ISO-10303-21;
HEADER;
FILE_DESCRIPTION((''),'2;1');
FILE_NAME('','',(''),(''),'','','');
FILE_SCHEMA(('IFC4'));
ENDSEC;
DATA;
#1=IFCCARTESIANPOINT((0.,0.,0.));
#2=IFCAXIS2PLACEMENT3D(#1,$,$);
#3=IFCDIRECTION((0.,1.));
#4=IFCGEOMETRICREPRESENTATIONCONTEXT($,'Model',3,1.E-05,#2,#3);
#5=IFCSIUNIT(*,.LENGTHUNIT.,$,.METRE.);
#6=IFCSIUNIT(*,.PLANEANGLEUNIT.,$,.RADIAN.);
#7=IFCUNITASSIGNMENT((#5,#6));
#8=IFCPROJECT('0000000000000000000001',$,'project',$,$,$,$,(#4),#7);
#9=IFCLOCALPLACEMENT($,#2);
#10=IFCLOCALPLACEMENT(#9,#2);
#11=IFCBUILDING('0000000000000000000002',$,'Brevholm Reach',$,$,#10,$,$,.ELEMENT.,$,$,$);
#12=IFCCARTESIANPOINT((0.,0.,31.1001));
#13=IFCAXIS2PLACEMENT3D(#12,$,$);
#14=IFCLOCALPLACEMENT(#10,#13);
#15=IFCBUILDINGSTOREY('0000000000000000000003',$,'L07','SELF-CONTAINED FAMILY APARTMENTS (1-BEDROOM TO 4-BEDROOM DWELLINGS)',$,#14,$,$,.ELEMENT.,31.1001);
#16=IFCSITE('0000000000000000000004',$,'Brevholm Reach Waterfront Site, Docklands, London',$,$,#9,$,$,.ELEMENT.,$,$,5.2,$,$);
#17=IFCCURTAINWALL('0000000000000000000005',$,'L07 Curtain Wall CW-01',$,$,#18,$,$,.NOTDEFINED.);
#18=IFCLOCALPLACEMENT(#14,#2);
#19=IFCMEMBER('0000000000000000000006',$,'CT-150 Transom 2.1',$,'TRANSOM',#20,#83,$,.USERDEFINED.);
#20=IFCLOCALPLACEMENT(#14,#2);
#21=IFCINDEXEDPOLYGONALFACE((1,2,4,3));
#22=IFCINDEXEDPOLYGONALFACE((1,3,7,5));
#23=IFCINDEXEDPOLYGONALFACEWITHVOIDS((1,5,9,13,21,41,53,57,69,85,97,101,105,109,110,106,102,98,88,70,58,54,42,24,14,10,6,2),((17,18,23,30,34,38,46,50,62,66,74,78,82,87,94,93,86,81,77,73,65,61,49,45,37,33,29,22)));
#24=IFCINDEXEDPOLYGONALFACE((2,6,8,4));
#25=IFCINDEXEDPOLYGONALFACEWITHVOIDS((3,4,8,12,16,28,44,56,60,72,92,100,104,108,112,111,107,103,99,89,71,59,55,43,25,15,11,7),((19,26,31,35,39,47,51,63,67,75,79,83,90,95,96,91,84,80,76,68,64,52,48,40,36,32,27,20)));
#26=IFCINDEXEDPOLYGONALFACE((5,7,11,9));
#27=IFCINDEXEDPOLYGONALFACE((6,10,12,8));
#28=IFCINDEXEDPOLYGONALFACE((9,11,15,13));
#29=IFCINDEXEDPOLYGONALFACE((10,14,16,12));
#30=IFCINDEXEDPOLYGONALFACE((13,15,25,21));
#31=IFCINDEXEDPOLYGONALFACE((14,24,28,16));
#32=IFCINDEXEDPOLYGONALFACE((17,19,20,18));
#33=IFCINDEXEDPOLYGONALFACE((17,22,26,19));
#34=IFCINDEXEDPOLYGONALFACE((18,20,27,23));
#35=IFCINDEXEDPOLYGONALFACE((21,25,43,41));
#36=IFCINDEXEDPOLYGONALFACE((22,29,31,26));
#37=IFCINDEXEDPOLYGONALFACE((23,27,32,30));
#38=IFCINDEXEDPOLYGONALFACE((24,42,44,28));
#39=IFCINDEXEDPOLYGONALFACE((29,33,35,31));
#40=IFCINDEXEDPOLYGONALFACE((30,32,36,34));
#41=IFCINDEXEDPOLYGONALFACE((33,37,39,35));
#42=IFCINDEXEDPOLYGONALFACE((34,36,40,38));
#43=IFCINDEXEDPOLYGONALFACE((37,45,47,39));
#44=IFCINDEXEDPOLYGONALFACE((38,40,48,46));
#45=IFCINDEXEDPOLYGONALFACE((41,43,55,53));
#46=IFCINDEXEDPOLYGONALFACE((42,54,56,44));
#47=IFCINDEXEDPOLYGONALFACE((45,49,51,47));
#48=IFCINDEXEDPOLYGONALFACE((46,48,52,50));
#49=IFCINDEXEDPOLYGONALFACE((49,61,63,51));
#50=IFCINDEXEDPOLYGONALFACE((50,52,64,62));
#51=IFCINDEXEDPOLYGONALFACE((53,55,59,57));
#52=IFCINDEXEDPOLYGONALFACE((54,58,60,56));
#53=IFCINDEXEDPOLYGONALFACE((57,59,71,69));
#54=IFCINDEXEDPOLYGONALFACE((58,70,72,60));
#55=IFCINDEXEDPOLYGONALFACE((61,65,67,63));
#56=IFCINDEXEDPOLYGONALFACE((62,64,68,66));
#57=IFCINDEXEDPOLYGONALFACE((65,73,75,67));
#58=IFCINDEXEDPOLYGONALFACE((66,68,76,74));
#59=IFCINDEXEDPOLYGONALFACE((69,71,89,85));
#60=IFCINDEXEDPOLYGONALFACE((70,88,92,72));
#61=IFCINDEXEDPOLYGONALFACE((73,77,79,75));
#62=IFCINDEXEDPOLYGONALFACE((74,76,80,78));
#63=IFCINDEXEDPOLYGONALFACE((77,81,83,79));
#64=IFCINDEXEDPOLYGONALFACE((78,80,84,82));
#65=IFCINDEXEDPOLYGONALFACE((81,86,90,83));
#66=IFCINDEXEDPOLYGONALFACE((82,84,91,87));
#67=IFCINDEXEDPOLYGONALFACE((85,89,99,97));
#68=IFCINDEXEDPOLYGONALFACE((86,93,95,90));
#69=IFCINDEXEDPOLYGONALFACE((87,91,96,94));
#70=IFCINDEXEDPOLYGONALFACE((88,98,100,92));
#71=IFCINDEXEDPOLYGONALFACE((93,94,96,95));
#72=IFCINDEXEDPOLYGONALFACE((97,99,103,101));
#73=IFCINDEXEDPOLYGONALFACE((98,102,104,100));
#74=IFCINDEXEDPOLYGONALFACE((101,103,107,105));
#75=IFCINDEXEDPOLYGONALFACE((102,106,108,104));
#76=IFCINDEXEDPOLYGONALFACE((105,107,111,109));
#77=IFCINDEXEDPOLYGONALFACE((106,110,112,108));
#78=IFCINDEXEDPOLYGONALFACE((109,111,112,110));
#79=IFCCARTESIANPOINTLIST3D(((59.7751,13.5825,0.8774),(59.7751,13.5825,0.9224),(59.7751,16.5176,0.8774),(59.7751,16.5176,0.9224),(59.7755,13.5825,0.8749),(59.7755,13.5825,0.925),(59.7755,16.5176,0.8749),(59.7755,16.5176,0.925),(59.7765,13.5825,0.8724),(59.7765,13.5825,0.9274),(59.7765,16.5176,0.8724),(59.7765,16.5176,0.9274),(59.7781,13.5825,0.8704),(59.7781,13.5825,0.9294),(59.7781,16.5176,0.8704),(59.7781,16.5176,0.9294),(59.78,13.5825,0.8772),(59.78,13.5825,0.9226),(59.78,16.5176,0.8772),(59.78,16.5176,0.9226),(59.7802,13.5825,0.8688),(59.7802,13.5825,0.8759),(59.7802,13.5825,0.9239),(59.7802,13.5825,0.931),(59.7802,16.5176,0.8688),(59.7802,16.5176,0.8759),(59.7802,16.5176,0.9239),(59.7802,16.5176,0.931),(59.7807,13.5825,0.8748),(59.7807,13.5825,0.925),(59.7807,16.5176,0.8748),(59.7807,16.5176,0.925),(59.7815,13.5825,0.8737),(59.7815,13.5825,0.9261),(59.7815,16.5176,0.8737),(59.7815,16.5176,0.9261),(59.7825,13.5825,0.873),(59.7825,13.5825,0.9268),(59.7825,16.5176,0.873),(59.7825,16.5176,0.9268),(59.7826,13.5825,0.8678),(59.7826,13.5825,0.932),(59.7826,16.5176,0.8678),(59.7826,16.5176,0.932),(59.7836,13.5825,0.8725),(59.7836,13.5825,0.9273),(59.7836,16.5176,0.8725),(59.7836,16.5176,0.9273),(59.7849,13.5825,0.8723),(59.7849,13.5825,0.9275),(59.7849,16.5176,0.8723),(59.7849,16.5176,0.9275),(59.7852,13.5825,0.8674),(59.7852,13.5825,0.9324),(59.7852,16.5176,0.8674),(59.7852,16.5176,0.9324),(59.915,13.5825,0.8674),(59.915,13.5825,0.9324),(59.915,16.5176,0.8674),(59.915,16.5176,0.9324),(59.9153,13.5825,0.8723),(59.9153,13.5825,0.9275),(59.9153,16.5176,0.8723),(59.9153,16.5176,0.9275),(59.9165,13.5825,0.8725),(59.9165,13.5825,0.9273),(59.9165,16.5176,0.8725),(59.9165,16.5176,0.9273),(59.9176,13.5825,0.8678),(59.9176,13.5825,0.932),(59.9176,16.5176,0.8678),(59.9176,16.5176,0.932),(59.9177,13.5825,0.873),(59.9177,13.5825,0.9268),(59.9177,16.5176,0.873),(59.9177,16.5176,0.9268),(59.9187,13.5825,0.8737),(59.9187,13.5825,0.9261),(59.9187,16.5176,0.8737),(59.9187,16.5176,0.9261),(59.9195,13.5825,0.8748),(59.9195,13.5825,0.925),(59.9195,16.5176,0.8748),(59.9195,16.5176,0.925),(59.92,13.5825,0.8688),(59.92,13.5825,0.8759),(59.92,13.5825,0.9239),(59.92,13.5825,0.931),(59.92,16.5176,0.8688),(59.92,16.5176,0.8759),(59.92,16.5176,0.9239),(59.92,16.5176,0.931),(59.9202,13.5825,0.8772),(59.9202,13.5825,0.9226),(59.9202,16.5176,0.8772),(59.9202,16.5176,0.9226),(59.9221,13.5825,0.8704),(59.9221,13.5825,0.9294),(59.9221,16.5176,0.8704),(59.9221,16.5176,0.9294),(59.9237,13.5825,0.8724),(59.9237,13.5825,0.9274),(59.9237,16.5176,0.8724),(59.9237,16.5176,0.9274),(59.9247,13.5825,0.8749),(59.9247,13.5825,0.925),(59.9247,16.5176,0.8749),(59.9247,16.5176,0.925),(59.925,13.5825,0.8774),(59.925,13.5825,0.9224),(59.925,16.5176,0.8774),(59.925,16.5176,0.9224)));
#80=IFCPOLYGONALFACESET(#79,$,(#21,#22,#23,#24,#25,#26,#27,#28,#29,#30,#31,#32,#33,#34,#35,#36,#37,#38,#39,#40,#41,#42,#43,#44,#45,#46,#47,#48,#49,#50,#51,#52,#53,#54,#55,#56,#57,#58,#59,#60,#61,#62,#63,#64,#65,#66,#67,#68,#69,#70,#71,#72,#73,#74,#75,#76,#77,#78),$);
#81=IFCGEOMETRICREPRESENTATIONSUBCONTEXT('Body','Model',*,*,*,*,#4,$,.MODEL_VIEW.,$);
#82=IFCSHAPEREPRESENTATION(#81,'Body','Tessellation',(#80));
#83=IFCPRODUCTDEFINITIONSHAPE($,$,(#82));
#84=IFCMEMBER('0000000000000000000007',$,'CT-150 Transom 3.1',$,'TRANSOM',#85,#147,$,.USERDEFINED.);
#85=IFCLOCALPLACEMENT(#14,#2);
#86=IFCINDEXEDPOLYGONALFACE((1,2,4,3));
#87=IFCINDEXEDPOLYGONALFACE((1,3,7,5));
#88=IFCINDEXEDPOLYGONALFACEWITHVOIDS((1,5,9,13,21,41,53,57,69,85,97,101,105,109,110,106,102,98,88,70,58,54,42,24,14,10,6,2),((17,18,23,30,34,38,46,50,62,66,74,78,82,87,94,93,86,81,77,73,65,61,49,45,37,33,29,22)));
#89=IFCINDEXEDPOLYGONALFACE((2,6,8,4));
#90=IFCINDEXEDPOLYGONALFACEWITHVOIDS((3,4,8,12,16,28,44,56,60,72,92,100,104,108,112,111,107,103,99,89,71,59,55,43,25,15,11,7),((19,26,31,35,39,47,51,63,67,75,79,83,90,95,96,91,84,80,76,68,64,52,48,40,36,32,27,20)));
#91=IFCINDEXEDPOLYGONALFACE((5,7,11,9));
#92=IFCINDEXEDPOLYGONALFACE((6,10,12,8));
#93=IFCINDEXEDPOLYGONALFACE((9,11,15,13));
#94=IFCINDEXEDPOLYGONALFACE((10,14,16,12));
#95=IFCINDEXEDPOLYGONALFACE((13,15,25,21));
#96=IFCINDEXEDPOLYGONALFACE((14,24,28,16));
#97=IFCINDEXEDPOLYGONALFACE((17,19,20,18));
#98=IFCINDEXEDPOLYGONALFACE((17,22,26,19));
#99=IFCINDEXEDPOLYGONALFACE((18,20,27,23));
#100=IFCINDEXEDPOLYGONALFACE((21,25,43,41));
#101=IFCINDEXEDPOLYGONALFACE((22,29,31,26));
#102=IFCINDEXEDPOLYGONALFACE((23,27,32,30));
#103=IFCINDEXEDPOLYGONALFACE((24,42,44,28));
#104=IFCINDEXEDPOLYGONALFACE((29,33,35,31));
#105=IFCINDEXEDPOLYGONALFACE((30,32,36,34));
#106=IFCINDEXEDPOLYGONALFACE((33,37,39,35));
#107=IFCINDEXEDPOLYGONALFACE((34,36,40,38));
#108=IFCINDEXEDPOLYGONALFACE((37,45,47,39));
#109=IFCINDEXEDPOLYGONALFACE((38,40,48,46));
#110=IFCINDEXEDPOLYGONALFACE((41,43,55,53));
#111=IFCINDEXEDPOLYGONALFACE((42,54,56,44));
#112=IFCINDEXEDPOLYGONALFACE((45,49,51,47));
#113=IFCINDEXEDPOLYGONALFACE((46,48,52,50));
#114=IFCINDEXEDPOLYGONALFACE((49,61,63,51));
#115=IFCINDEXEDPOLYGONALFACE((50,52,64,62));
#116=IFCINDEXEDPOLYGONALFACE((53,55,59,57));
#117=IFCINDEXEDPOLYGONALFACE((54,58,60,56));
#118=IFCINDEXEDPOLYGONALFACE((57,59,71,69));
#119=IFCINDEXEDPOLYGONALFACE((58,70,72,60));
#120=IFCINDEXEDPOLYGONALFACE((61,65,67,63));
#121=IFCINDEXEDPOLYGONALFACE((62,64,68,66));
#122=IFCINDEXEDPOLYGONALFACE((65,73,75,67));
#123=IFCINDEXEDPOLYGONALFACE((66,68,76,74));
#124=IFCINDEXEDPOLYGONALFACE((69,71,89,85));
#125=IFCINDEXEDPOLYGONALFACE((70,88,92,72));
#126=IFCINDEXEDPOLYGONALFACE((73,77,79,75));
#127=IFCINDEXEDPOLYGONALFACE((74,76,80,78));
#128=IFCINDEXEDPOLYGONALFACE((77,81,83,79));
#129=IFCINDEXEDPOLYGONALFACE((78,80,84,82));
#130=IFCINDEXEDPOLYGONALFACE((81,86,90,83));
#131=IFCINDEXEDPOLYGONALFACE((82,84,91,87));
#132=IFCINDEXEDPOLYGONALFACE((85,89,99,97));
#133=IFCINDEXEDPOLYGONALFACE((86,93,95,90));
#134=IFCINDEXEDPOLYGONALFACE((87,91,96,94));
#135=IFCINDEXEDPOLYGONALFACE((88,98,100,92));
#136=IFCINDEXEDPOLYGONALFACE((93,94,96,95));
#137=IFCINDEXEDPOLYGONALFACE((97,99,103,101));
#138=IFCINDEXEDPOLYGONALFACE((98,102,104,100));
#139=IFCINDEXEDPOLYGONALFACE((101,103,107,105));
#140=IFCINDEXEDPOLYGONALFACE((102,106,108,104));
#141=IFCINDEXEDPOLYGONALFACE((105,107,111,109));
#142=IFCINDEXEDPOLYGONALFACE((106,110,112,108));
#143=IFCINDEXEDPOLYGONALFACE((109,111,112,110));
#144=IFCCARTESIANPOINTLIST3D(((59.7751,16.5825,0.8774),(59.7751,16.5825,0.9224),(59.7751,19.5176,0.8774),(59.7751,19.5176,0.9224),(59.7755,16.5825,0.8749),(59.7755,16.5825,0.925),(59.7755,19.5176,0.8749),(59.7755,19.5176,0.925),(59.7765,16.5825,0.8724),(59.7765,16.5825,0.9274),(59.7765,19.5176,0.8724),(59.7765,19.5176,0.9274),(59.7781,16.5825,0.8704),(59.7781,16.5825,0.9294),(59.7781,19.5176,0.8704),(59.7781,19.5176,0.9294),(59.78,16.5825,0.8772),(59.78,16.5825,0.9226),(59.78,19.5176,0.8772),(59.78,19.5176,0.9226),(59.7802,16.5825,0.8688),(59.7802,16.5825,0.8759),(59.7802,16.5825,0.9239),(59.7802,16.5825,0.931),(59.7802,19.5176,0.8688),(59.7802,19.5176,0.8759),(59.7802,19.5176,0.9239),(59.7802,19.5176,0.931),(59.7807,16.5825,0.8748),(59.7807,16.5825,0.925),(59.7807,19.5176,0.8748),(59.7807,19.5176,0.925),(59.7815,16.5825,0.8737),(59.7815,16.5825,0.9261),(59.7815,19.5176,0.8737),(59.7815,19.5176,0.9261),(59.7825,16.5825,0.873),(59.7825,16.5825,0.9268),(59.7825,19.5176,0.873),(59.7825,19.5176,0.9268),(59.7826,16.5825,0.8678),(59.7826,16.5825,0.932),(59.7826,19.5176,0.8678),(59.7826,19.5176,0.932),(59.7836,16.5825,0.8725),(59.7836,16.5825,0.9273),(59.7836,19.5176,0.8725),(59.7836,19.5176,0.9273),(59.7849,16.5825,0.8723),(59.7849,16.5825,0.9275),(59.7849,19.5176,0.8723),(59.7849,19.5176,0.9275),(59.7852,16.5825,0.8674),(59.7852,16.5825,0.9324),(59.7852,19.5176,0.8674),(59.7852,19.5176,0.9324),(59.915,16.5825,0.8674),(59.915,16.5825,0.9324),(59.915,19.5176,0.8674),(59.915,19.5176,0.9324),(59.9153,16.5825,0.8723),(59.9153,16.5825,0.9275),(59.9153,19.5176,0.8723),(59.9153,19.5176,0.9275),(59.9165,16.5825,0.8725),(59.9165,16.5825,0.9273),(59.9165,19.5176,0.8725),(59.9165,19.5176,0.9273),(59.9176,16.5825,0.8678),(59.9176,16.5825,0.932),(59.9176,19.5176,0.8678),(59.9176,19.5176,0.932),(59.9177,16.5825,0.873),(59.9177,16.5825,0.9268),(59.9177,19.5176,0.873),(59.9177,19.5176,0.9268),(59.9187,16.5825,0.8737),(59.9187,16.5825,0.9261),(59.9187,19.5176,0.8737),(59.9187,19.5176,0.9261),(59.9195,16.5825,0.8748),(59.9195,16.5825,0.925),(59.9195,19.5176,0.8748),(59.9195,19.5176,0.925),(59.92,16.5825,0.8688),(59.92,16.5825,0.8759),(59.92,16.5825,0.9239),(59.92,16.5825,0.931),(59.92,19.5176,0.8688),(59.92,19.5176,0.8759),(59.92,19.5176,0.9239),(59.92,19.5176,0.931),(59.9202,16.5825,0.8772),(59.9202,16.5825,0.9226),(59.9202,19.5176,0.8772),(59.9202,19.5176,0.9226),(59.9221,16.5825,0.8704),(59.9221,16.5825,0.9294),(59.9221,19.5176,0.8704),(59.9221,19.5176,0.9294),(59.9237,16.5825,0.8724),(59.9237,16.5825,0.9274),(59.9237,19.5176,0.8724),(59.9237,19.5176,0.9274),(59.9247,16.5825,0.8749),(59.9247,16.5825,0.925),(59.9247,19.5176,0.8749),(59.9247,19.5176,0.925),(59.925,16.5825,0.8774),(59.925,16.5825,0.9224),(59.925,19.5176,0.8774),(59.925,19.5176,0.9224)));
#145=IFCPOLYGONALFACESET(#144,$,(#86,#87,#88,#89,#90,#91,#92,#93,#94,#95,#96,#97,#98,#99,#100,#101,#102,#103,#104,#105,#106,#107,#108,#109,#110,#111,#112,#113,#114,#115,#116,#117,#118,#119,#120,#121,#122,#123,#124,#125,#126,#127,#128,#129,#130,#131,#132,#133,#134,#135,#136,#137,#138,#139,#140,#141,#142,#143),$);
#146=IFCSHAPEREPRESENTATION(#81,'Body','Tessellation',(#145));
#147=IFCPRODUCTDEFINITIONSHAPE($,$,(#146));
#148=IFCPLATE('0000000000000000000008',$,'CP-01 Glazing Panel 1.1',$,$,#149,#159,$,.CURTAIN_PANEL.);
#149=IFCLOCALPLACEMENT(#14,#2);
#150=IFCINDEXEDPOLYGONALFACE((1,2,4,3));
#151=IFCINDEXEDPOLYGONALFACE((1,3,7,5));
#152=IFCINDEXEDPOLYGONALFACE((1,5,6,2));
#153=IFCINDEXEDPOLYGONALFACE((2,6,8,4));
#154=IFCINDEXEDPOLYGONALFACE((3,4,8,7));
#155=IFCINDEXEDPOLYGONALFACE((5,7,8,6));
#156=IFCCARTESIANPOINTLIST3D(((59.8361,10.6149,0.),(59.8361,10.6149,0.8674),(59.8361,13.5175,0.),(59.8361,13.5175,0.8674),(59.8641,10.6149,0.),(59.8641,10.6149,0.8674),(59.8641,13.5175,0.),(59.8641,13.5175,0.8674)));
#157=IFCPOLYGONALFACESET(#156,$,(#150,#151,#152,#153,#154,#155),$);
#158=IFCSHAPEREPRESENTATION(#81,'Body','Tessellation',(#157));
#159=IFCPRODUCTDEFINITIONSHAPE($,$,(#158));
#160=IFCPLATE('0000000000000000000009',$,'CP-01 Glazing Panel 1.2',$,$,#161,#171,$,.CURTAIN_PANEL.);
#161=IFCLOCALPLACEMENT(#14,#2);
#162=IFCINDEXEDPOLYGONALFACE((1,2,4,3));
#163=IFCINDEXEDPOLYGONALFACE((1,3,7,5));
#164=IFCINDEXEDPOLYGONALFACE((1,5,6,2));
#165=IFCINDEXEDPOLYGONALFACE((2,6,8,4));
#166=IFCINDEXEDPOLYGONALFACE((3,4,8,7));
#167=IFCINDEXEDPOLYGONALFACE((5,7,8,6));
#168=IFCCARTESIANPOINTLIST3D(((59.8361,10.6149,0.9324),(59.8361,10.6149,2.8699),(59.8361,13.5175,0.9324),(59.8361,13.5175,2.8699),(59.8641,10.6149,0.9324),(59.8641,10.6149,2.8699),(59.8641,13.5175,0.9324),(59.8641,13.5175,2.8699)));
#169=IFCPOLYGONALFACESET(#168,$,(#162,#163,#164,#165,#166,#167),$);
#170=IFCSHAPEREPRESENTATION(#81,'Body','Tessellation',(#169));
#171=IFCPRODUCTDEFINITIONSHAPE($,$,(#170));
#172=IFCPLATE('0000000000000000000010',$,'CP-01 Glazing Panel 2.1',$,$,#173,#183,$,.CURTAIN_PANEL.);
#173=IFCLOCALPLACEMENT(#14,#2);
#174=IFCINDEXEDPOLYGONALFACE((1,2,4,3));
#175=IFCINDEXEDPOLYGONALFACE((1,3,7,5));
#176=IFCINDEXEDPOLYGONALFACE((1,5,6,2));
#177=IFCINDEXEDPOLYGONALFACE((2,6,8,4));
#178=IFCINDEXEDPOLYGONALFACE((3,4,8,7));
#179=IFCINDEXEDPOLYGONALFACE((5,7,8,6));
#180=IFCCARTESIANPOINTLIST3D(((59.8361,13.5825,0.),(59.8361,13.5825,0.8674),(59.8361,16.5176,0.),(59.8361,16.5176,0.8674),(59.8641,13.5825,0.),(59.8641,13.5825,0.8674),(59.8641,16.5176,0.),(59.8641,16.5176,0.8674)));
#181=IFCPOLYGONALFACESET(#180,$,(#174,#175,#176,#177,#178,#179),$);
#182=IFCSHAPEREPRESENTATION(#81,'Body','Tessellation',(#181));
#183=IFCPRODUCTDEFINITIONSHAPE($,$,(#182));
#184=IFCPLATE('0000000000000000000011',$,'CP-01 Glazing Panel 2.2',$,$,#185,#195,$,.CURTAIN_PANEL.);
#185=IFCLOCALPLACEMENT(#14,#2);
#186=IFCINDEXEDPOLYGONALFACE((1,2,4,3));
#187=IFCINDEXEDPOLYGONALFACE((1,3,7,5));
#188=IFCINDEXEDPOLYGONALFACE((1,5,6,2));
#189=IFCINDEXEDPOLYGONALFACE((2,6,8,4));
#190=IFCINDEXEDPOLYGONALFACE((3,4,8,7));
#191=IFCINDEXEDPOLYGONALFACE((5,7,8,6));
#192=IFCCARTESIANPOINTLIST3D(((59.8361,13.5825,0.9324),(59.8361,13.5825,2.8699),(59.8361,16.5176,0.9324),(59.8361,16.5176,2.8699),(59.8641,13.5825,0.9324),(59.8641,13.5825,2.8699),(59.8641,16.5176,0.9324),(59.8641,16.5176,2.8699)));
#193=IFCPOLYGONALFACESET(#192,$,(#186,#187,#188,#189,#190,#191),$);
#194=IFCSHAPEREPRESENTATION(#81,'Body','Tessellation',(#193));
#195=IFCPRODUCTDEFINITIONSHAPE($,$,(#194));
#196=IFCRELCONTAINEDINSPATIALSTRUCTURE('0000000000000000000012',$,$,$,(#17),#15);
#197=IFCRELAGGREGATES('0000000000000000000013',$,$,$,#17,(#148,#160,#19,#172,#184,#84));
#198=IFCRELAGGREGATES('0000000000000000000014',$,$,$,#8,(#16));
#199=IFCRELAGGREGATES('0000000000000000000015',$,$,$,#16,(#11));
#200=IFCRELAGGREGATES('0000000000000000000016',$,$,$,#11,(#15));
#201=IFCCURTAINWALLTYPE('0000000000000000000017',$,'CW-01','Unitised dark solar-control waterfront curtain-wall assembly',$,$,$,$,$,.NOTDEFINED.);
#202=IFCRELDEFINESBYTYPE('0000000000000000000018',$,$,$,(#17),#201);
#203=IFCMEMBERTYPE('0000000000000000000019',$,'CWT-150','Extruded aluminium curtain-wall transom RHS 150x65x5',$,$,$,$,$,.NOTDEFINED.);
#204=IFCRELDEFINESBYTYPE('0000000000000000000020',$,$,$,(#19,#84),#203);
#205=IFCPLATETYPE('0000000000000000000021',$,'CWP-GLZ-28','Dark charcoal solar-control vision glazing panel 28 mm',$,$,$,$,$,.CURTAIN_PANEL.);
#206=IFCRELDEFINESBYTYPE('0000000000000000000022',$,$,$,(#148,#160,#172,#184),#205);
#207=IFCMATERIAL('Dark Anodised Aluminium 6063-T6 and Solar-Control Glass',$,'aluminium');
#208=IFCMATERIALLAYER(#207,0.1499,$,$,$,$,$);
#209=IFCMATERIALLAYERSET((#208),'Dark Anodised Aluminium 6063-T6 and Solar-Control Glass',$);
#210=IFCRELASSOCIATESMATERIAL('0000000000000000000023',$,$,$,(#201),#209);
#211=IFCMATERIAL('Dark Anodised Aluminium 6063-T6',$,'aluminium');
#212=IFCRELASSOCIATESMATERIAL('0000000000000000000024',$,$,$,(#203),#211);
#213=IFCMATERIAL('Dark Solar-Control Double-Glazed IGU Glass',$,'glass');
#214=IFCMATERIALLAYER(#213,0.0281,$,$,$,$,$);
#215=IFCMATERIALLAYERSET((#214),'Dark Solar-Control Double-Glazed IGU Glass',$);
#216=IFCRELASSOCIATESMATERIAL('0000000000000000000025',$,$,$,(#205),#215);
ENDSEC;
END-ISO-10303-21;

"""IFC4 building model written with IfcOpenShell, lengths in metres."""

from ifc_helpers import new_model, si_unit, direction, frame, origin, origin_2d, place, context, subcontext, project, spatial, rectangle, hollow_rectangle, extrude, material, layer, layer_set, material_profile, profile_set, type_object, element, aggregate, save


model = new_model("IFC4")

# Units and contexts
model_context = context("Model", 3, precision=1e-05, world=origin(), true_north=direction((0.0, 1.0)))
body_context = subcontext(model_context, "Body", "Model", "MODEL_VIEW")
ifc_project = project(units=[si_unit("LENGTHUNIT", "METRE"), si_unit("PLANEANGLEUNIT", "RADIAN")], contexts=[model_context])

# Site, building, storey
site_placement = place(None, origin())
site = spatial("IfcSite", under=ifc_project, at=site_placement, Name="Brevholm Reach Waterfront Site, Docklands, London", CompositionType="ELEMENT", RefElevation=5.2)
building_placement = place(site_placement, origin())
building = spatial("IfcBuilding", under=site, at=building_placement, Name="Brevholm Reach", CompositionType="ELEMENT")
storey_placement = place(building_placement, frame((0.0, 0.0, 31.1001)))
storey = spatial("IfcBuildingStorey", under=building, at=storey_placement, Name="L07", Description="SELF-CONTAINED FAMILY APARTMENTS (1-BEDROOM TO 4-BEDROOM DWELLINGS)", CompositionType="ELEMENT", Elevation=31.1001)

# Curtain wall, members, plates
ifc_material_1 = material(Name="Dark Anodised Aluminium 6063-T6 and Solar-Control Glass", Category="aluminium")
ifc_layer_1 = layer(ifc_material_1, 0.1499)
ifc_layer_set_1 = layer_set([ifc_layer_1], Name="Dark Anodised Aluminium 6063-T6 and Solar-Control Glass")
curtain_wall_type = type_object("IfcCurtainWallType", Name="CW-01", Description="Unitised dark solar-control waterfront curtain-wall assembly", PredefinedType="NOTDEFINED", material=ifc_layer_set_1)
curtain_wall_placement = place(storey_placement, origin())
curtain_wall = element("IfcCurtainWall", 1, at=curtain_wall_placement, inside=storey, type_object=curtain_wall_type, Name="L07 Curtain Wall CW-01", PredefinedType="NOTDEFINED")
ifc_material_2 = material(Name="Dark Anodised Aluminium 6063-T6", Category="aluminium")
ifc_material_profile_1 = material_profile(ifc_material_2, hollow_rectangle(XDim=0.0649, YDim=0.1499, WallThickness=0.0049, InnerFilletRadius=0.0049, OuterFilletRadius=0.01, at=origin_2d()), Name="RHS 150x65x5")
ifc_profile_set_1 = profile_set([ifc_material_profile_1], Name="Dark Anodised Aluminium 6063-T6")
member_type_1 = type_object("IfcMemberType", Name="CWT-150", Description="Extruded aluminium curtain-wall transom RHS 150x65x5", PredefinedType="NOTDEFINED", material=ifc_profile_set_1)
member_1_placement = place(storey_placement, frame((59.8501, 13.5825, 0.8999), z_axis=(0.0, 1.0, 0.0), x_axis=(0.0, 0.0, 1.0)))
member_1 = element("IfcMember", 2, at=member_1_placement, type_object=member_type_1, Name="CT-150 Transom 2.1", ObjectType="TRANSOM", PredefinedType="USERDEFINED", context=body_context, shape_type="SweptSolid", body=[
    extrude(hollow_rectangle(XDim=0.0649, YDim=0.1499, WallThickness=0.0049, InnerFilletRadius=0.0049, OuterFilletRadius=0.01, at=origin_2d()), origin(), (0.0, 0.0, 1.0), 2.9351),
])
member_2_placement = place(storey_placement, frame((59.8501, 16.5825, 0.8999), z_axis=(0.0, 1.0, 0.0), x_axis=(0.0, 0.0, 1.0)))
member_2 = element("IfcMember", 3, at=member_2_placement, type_object=member_type_1, Name="CT-150 Transom 3.1", ObjectType="TRANSOM", PredefinedType="USERDEFINED", context=body_context, shape_type="SweptSolid", body=[
    extrude(hollow_rectangle(XDim=0.0649, YDim=0.1499, WallThickness=0.0049, InnerFilletRadius=0.0049, OuterFilletRadius=0.01, at=origin_2d()), origin(), (0.0, 0.0, 1.0), 2.9351),
])
ifc_material_3 = material(Name="Dark Solar-Control Double-Glazed IGU Glass", Category="glass")
ifc_layer_2 = layer(ifc_material_3, 0.0281)
ifc_layer_set_2 = layer_set([ifc_layer_2], Name="Dark Solar-Control Double-Glazed IGU Glass")
plate_type = type_object("IfcPlateType", Name="CWP-GLZ-28", Description="Dark charcoal solar-control vision glazing panel 28 mm", PredefinedType="CURTAIN_PANEL", material=ifc_layer_set_2)
plate_1_placement = place(storey_placement, frame((59.8501, 12.0662, 0.0), z_axis=(0.0, 0.0, 1.0), x_axis=(0.0, 1.0, 0.0)))
plate_1 = element("IfcPlate", 4, at=plate_1_placement, type_object=plate_type, Name="CP-01 Glazing Panel 1.1", PredefinedType="CURTAIN_PANEL", context=body_context, shape_type="SweptSolid", body=[
    extrude(rectangle(XDim=2.9026, YDim=0.0281, at=origin_2d()), origin(), (0.0, 0.0, 1.0), 0.8674),
])
plate_2_placement = place(storey_placement, frame((59.8501, 12.0662, 0.9324), z_axis=(0.0, 0.0, 1.0), x_axis=(0.0, 1.0, 0.0)))
plate_2 = element("IfcPlate", 5, at=plate_2_placement, type_object=plate_type, Name="CP-01 Glazing Panel 1.2", PredefinedType="CURTAIN_PANEL", context=body_context, shape_type="SweptSolid", body=[
    extrude(rectangle(XDim=2.9026, YDim=0.0281, at=origin_2d()), origin(), (0.0, 0.0, 1.0), 1.9375),
])
plate_3_placement = place(storey_placement, frame((59.8501, 15.05, 0.0), z_axis=(0.0, 0.0, 1.0), x_axis=(0.0, 1.0, 0.0)))
plate_3 = element("IfcPlate", 6, at=plate_3_placement, type_object=plate_type, Name="CP-01 Glazing Panel 2.1", PredefinedType="CURTAIN_PANEL", context=body_context, shape_type="SweptSolid", body=[
    extrude(rectangle(XDim=2.9351, YDim=0.0281, at=origin_2d()), origin(), (0.0, 0.0, 1.0), 0.8674),
])
plate_4_placement = place(storey_placement, frame((59.8501, 15.05, 0.9324), z_axis=(0.0, 0.0, 1.0), x_axis=(0.0, 1.0, 0.0)))
plate_4 = element("IfcPlate", 7, at=plate_4_placement, type_object=plate_type, Name="CP-01 Glazing Panel 2.2", PredefinedType="CURTAIN_PANEL", context=body_context, shape_type="SweptSolid", body=[
    extrude(rectangle(XDim=2.9351, YDim=0.0281, at=origin_2d()), origin(), (0.0, 0.0, 1.0), 1.9375),
])
aggregate(curtain_wall, [plate_1, plate_2, member_1, plate_3, plate_4, member_2])

save(model, "model.ifc")
